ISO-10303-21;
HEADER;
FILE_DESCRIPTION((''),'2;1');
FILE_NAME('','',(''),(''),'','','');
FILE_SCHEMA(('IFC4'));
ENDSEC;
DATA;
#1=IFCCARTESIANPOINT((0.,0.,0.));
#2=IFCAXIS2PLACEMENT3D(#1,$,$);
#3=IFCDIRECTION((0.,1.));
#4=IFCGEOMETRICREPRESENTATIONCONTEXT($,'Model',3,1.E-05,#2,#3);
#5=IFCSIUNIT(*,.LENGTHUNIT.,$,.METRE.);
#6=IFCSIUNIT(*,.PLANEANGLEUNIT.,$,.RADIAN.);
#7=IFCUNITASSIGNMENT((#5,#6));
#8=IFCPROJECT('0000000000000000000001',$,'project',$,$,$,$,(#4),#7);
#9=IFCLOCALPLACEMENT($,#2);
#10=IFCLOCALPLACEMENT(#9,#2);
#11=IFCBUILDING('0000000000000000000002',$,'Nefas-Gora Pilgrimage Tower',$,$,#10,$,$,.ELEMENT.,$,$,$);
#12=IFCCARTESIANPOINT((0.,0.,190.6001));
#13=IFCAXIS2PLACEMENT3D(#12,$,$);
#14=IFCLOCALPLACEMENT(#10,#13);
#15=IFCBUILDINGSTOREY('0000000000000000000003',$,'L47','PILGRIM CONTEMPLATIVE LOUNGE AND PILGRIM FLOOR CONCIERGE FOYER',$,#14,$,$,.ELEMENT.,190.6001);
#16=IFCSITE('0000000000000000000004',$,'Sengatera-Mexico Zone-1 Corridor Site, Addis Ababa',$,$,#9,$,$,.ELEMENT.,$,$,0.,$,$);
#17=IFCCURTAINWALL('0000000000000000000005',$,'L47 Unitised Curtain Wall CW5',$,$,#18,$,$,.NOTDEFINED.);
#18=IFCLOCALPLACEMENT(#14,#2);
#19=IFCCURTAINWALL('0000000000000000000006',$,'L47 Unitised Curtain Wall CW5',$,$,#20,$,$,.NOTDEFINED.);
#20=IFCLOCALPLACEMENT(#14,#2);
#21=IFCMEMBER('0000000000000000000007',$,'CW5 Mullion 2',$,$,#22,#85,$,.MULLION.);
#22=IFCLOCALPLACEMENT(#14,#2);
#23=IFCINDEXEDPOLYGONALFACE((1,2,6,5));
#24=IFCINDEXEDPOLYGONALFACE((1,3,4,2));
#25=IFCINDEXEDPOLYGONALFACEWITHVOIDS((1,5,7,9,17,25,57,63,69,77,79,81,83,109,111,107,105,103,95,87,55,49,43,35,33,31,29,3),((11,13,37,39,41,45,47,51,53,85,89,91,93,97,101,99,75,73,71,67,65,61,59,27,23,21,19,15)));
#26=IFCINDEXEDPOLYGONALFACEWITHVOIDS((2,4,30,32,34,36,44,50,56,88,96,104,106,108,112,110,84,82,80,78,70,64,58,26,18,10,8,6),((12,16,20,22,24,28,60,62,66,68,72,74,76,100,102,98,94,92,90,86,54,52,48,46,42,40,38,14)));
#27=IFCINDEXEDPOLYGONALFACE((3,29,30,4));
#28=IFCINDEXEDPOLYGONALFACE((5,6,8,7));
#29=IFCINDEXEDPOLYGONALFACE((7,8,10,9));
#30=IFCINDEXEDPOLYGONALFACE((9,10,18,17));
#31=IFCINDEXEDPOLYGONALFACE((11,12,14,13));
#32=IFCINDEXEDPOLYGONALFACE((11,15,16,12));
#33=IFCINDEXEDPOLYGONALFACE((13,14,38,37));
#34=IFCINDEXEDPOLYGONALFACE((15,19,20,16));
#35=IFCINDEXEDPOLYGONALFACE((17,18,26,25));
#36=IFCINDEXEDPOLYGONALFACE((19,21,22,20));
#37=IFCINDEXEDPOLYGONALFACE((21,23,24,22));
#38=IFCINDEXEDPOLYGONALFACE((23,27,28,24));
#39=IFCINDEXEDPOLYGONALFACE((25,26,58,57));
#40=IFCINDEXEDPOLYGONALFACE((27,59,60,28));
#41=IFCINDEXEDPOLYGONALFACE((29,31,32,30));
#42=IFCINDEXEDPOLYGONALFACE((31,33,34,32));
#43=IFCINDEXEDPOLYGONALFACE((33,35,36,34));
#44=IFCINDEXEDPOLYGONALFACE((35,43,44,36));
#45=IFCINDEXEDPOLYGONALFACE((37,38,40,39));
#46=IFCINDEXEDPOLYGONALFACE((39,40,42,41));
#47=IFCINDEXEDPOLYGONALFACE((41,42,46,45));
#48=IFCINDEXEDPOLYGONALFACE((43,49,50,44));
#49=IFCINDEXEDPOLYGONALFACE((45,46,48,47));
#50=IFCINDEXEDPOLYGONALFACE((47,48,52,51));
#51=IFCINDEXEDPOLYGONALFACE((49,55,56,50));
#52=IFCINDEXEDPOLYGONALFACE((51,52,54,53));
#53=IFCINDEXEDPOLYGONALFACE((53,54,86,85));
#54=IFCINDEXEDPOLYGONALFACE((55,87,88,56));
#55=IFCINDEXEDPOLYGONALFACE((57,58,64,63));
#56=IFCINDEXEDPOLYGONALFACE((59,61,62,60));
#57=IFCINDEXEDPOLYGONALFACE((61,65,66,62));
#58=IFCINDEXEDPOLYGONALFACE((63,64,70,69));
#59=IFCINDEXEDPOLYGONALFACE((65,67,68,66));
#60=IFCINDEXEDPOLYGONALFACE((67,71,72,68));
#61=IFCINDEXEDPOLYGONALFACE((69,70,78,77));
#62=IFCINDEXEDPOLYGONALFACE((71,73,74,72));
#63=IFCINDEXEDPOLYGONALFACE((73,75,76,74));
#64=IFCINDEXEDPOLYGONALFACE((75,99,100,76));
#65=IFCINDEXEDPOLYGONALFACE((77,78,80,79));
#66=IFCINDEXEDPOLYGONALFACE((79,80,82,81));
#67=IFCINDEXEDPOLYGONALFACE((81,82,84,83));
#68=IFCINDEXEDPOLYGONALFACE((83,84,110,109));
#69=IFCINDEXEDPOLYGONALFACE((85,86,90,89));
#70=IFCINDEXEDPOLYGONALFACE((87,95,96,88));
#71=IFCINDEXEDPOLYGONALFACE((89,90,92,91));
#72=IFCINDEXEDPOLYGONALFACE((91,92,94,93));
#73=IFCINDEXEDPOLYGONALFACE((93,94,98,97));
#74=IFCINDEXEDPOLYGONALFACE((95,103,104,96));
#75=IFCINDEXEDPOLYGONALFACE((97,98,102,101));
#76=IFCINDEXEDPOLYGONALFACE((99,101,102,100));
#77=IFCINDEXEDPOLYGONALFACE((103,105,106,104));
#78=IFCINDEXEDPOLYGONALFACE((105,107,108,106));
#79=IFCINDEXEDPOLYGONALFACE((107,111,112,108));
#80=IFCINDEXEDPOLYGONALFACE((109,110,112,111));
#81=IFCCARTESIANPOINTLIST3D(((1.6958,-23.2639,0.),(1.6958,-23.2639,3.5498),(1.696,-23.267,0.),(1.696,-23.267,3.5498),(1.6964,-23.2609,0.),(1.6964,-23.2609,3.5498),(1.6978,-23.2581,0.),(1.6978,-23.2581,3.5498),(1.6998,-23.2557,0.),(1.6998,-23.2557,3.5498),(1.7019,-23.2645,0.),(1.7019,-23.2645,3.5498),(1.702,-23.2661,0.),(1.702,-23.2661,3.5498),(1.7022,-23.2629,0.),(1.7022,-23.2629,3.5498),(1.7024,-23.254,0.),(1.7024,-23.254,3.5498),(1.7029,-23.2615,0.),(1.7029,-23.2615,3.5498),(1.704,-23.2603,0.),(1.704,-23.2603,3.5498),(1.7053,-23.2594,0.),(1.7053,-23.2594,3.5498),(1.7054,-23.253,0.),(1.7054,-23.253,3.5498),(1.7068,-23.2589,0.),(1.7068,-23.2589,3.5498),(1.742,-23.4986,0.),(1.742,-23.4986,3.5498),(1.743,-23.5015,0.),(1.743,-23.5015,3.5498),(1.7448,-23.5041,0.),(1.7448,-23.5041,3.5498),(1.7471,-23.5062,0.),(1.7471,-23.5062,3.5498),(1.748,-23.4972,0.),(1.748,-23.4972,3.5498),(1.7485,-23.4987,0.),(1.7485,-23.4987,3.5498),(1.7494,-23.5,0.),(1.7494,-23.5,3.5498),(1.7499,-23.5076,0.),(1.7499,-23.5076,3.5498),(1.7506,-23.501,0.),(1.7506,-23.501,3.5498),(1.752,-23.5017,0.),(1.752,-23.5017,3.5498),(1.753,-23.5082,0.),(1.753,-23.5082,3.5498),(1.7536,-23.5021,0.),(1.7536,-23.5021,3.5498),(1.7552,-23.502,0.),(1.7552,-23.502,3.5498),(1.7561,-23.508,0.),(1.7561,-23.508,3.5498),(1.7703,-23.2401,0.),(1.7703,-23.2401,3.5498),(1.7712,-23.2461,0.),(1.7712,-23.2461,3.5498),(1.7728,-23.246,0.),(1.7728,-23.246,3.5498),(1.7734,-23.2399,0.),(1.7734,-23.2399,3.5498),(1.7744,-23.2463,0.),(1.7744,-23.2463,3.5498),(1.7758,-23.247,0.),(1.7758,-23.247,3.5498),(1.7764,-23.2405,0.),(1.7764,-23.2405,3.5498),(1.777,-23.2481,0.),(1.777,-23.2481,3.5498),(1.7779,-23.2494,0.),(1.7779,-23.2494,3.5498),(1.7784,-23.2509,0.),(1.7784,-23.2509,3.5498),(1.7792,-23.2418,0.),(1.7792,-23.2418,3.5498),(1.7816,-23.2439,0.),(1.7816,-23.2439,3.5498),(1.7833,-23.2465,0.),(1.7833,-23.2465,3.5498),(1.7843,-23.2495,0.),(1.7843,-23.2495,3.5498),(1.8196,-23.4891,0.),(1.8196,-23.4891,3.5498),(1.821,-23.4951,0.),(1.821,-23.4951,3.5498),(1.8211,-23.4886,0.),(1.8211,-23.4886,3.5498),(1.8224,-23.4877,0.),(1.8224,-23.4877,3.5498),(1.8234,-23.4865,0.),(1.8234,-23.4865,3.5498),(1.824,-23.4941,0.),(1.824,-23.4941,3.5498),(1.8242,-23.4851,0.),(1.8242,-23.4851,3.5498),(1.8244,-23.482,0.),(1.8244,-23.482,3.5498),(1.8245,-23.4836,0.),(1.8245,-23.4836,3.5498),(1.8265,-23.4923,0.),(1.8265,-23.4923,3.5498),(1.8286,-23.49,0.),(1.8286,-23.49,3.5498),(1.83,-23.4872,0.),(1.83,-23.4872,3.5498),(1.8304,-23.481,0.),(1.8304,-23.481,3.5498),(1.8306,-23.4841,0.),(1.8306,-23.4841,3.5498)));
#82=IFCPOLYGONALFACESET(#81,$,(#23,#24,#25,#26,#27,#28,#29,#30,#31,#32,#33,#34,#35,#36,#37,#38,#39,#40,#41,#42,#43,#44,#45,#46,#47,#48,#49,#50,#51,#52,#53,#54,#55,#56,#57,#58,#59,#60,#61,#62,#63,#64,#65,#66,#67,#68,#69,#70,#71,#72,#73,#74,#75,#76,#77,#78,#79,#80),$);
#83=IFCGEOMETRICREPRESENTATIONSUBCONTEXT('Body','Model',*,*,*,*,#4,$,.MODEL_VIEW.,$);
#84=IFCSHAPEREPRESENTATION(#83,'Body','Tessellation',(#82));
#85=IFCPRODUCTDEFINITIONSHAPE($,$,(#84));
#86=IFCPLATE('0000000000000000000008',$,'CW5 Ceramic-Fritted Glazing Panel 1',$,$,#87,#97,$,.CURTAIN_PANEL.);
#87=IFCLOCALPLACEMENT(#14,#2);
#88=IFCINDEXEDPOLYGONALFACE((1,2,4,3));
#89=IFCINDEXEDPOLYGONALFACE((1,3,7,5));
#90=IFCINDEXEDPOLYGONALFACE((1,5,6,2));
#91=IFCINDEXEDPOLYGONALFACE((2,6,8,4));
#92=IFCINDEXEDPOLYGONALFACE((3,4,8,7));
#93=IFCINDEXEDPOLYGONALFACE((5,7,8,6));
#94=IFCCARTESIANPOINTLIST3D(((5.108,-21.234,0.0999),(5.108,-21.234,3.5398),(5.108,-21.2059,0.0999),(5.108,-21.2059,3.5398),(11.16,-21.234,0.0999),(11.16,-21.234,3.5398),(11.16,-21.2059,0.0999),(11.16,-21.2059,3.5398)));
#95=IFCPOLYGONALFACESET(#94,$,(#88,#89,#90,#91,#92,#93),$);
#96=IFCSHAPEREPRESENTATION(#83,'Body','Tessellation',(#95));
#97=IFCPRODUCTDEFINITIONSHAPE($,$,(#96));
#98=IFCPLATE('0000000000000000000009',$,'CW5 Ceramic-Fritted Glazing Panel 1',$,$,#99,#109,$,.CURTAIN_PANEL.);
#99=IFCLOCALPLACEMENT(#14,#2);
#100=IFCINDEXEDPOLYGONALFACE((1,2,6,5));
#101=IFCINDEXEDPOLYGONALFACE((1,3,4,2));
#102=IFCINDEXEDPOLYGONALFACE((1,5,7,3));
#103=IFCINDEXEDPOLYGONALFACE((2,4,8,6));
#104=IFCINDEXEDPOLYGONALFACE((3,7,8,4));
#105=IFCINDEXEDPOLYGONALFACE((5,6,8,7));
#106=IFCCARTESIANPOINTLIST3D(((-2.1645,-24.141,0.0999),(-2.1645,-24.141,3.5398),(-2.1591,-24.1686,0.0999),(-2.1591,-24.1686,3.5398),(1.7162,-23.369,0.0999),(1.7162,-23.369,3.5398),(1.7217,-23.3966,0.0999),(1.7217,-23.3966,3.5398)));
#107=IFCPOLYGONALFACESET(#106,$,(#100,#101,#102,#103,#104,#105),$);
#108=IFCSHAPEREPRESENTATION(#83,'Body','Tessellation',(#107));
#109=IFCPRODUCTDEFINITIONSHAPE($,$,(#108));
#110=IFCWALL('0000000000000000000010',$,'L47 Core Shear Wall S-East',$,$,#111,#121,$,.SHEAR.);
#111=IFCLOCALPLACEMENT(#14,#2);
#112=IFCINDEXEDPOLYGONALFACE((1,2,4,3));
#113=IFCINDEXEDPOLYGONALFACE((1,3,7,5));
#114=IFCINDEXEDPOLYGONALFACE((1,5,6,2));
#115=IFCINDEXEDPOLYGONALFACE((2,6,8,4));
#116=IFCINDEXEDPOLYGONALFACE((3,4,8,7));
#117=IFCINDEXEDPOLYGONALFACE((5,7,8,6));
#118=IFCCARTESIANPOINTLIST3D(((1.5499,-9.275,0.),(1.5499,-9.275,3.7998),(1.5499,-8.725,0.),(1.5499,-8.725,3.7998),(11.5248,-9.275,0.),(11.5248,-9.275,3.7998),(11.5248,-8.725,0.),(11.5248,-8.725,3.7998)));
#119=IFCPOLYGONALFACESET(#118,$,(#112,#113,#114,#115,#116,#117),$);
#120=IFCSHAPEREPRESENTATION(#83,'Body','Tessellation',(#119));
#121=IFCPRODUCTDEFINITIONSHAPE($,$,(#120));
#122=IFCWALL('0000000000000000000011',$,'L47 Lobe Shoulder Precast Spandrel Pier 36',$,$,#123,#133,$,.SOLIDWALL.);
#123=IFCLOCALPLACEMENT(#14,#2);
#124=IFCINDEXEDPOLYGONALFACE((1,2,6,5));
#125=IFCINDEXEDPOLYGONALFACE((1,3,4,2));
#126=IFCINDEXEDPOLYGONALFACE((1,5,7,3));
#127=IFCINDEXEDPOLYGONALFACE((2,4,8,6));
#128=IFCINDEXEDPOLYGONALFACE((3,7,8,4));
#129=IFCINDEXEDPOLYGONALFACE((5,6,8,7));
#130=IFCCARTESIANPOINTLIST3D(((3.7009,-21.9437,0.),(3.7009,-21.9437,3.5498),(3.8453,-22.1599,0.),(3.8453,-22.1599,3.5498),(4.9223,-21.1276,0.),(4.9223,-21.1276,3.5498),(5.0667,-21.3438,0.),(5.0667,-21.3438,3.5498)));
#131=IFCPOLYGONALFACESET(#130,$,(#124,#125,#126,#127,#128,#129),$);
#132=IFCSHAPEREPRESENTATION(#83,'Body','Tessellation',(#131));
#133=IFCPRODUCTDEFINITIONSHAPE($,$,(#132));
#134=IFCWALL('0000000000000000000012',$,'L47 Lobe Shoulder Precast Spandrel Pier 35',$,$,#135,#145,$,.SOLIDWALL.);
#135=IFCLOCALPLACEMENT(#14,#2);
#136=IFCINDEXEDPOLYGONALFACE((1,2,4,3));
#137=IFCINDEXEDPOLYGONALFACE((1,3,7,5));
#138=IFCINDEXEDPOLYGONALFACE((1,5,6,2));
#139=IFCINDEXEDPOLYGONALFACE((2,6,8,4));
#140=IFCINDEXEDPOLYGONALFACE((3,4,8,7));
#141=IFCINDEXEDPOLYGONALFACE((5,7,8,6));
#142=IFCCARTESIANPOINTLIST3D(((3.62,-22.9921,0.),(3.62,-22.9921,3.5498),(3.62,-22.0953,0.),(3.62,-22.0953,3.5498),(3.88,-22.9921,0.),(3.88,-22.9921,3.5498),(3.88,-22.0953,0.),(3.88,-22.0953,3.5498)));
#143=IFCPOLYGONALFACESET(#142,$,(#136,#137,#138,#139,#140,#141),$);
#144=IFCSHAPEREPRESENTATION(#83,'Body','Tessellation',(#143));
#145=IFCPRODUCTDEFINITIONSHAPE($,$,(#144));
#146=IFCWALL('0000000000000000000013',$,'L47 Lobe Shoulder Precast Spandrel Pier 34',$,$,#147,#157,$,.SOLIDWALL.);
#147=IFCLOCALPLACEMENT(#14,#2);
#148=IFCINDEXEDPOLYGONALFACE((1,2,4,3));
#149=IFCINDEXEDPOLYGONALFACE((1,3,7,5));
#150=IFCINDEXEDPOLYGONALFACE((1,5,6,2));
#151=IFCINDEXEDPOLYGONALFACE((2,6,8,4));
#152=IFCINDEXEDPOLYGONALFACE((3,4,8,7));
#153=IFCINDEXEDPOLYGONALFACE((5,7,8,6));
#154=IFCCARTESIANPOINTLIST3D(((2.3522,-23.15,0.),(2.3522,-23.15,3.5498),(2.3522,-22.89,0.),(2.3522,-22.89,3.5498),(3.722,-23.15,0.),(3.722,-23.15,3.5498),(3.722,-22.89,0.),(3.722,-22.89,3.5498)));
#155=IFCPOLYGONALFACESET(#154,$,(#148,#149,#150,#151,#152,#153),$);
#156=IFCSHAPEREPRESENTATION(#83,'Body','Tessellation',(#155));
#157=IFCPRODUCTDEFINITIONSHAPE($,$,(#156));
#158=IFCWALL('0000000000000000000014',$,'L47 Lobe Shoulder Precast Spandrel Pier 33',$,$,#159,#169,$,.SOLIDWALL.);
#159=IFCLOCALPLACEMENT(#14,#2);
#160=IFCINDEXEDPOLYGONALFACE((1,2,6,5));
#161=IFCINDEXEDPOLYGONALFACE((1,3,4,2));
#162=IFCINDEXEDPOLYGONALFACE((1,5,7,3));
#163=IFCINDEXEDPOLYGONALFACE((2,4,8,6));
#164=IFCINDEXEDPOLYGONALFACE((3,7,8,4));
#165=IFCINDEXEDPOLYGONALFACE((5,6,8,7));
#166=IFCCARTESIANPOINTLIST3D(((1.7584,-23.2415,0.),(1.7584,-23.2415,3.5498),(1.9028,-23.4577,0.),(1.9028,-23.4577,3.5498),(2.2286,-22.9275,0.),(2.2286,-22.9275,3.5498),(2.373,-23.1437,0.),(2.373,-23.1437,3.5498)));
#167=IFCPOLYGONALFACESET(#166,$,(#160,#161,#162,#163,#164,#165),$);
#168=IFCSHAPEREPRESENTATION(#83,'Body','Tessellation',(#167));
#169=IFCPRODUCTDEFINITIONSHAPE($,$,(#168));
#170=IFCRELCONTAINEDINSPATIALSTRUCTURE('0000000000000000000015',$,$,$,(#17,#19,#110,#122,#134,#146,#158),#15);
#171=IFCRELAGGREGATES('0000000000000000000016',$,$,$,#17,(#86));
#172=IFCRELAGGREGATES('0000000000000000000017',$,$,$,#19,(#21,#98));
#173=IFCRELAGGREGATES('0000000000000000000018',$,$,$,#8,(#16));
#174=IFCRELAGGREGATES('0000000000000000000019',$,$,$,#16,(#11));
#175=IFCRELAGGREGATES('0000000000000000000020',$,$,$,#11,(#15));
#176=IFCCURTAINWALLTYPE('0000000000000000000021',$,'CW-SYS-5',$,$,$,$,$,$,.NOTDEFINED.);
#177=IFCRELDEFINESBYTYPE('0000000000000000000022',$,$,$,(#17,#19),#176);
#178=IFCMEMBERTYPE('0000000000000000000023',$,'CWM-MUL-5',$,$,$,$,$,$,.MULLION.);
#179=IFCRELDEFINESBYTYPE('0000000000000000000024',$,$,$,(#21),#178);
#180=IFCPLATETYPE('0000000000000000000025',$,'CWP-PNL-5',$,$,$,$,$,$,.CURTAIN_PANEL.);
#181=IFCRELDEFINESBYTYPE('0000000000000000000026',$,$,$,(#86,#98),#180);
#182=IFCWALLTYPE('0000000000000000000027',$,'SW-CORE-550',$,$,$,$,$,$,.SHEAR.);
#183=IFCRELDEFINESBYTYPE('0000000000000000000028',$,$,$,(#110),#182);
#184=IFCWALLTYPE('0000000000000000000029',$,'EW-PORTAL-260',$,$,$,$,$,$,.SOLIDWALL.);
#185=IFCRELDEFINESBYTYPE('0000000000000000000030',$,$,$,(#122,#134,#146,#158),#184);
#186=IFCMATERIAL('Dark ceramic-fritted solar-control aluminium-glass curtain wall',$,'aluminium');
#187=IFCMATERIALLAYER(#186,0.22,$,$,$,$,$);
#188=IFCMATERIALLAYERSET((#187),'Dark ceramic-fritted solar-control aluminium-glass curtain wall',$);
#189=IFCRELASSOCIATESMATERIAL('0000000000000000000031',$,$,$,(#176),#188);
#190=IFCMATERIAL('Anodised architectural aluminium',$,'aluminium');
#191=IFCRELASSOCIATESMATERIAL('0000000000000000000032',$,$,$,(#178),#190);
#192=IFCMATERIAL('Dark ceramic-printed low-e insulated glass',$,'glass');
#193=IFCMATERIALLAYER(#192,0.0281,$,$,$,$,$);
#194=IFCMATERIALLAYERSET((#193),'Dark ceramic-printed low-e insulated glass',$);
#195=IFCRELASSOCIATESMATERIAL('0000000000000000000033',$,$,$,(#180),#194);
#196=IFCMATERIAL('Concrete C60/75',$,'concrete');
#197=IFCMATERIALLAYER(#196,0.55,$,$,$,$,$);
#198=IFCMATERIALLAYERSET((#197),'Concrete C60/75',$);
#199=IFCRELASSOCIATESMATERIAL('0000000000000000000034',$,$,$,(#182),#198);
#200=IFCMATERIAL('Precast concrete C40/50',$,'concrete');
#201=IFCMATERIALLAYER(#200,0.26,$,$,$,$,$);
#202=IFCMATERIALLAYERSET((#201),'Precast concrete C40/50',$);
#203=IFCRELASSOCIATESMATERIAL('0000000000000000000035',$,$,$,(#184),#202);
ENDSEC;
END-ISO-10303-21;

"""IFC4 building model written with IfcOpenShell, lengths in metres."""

from ifc_helpers import new_model, si_unit, direction, frame, frame_2d, origin, origin_2d, place, context, subcontext, project, spatial, rectangle, hollow_rectangle, extrude, source, transform, mapped, material, layer, layer_set, material_profile, profile_set, type_object, element, aggregate, save


model = new_model("IFC4")

# Units and contexts
model_context = context("Model", 3, precision=1e-05, world=origin(), true_north=direction((0.0, 1.0)))
body_context = subcontext(model_context, "Body", "Model", "MODEL_VIEW")
ifc_project = project(units=[si_unit("LENGTHUNIT", "METRE"), si_unit("PLANEANGLEUNIT", "RADIAN")], contexts=[model_context])

# Site, building, storey
site_placement = place(None, origin())
site = spatial("IfcSite", under=ifc_project, at=site_placement, Name="Sengatera-Mexico Zone-1 Corridor Site, Addis Ababa", CompositionType="ELEMENT", RefElevation=0.0)
building_placement = place(site_placement, origin())
building = spatial("IfcBuilding", under=site, at=building_placement, Name="Nefas-Gora Pilgrimage Tower", CompositionType="ELEMENT")
storey_placement = place(building_placement, frame((0.0, 0.0, 190.6001)))
storey = spatial("IfcBuildingStorey", under=building, at=storey_placement, Name="L47", Description="PILGRIM CONTEMPLATIVE LOUNGE AND PILGRIM FLOOR CONCIERGE FOYER", CompositionType="ELEMENT", Elevation=190.6001)

# Shared definitions
ifc_material_1 = material(Name="Concrete C60/75", Category="concrete")

# Curtain walls
ifc_material_2 = material(Name="Dark ceramic-fritted solar-control aluminium-glass curtain wall", Category="aluminium")
ifc_layer_1 = layer(ifc_material_2, 0.22)
ifc_layer_set_1 = layer_set([ifc_layer_1], Name="Dark ceramic-fritted solar-control aluminium-glass curtain wall")
curtain_wall_type = type_object("IfcCurtainWallType", Name="CW-SYS-5", PredefinedType="NOTDEFINED", material=ifc_layer_set_1)
curtain_wall_1_placement = place(storey_placement, origin())
curtain_wall_1 = element("IfcCurtainWall", 1, at=curtain_wall_1_placement, inside=storey, type_object=curtain_wall_type, Name="L47 Unitised Curtain Wall CW5", PredefinedType="NOTDEFINED")
ifc_material_3 = material(Name="Anodised architectural aluminium", Category="aluminium")
curtain_wall_2_placement = place(storey_placement, origin())
curtain_wall_2 = element("IfcCurtainWall", 2, at=curtain_wall_2_placement, inside=storey, type_object=curtain_wall_type, Name="L47 Unitised Curtain Wall CW5", PredefinedType="NOTDEFINED")

# Member
ifc_material_profile_1 = material_profile(ifc_material_3, hollow_rectangle(XDim=0.0901, YDim=0.26, WallThickness=0.0061, InnerFilletRadius=0.0061, OuterFilletRadius=0.012, at=origin_2d()), Name="ALU MULLION 90x260")
ifc_profile_set_1 = profile_set([ifc_material_profile_1], Name="Anodised architectural aluminium")
member_type_1 = type_object("IfcMemberType", Name="CWM-MUL-5", PredefinedType="MULLION", material=ifc_profile_set_1)
shared_shape_1 = source(origin(), body_context, "Body", "SweptSolid", [
    extrude(hollow_rectangle(XDim=0.0901, YDim=0.26, WallThickness=0.0061, InnerFilletRadius=0.0061, OuterFilletRadius=0.012, at=origin_2d()), origin(), (0.0, 0.0, 1.0), 3.5498),
])
member_1_placement = place(storey_placement, frame((1.7632, -23.374, 0.0), z_axis=(0.0, 0.0, 1.0), x_axis=(0.980783, 0.195102, 0.0)))
member_1 = element("IfcMember", 3, at=member_1_placement, type_object=member_type_1, Name="CW5 Mullion 2", PredefinedType="MULLION", context=body_context, shape_type="MappedRepresentation", body=[
    mapped(shared_shape_1, transform((0.0, 0.0, 0.0), x_axis=(1.0, 0.0, 0.0), y_axis=(0.0, 1.0, 0.0), z_axis=(0.0, 0.0, 1.0), scale=1.0)),
])

# Plates
ifc_material_4 = material(Name="Dark ceramic-printed low-e insulated glass", Category="glass")
ifc_layer_2 = layer(ifc_material_4, 0.0281)
ifc_layer_set_2 = layer_set([ifc_layer_2], Name="Dark ceramic-printed low-e insulated glass")
plate_type = type_object("IfcPlateType", Name="CWP-PNL-5", PredefinedType="CURTAIN_PANEL", material=ifc_layer_set_2)
shared_shape_2 = source(origin(), body_context, "Body", "SweptSolid", [
    extrude(rectangle(XDim=6.052, YDim=0.0281, at=origin_2d()), origin(), (0.0, 0.0, 1.0), 3.4399),
])
plate_1_placement = place(storey_placement, frame((8.134, -21.22, 0.0999), z_axis=(0.0, 0.0, 1.0), x_axis=(1.0, 0.0, 0.0)))
plate_1 = element("IfcPlate", 4, at=plate_1_placement, type_object=plate_type, Name="CW5 Ceramic-Fritted Glazing Panel 1", PredefinedType="CURTAIN_PANEL", context=body_context, shape_type="MappedRepresentation", body=[
    mapped(shared_shape_2, transform((0.0, 0.0, 0.0), x_axis=(1.0, 0.0, 0.0), y_axis=(0.0, 1.0, 0.0), z_axis=(0.0, 0.0, 1.0), scale=1.0)),
])
aggregate(curtain_wall_1, [plate_1])
shared_shape_3 = source(origin(), body_context, "Body", "SweptSolid", [
    extrude(rectangle(XDim=3.9568, YDim=0.0281, at=origin_2d()), origin(), (0.0, 0.0, 1.0), 3.4399),
])
plate_2_placement = place(storey_placement, frame((-0.2214, -23.7688, 0.0999), z_axis=(0.0, 0.0, 1.0), x_axis=(0.980783, 0.195102, 0.0)))
plate_2 = element("IfcPlate", 5, at=plate_2_placement, type_object=plate_type, Name="CW5 Ceramic-Fritted Glazing Panel 1", PredefinedType="CURTAIN_PANEL", context=body_context, shape_type="MappedRepresentation", body=[
    mapped(shared_shape_3, transform((0.0, 0.0, 0.0), x_axis=(1.0, 0.0, 0.0), y_axis=(0.0, 1.0, 0.0), z_axis=(0.0, 0.0, 1.0), scale=1.0)),
])
aggregate(curtain_wall_2, [member_1, plate_2])

# Walls
ifc_layer_3 = layer(ifc_material_1, 0.55)
ifc_layer_set_3 = layer_set([ifc_layer_3], Name="Concrete C60/75")
wall_type_1 = type_object("IfcWallType", Name="SW-CORE-550", PredefinedType="SHEAR", material=ifc_layer_set_3)
shared_shape_4 = source(origin(), body_context, "Body", "SweptSolid", [
    extrude(rectangle(XDim=9.9749, YDim=0.55, at=frame_2d((4.9873, 0.0))), origin(), (0.0, 0.0, 1.0), 3.7998),
])
wall_1_placement = place(storey_placement, frame((1.55, -9.0, 0.0), z_axis=(0.0, 0.0, 1.0), x_axis=(1.0, 0.0, 0.0)))
element("IfcWall", 6, at=wall_1_placement, inside=storey, type_object=wall_type_1, Name="L47 Core Shear Wall S-East", PredefinedType="SHEAR", context=body_context, shape_type="MappedRepresentation", body=[
    mapped(shared_shape_4, transform((0.0, 0.0, 0.0), x_axis=(1.0, 0.0, 0.0), y_axis=(0.0, 1.0, 0.0), z_axis=(0.0, 0.0, 1.0), scale=1.0)),
])
ifc_material_5 = material(Name="Precast concrete C40/50", Category="concrete")
ifc_layer_4 = layer(ifc_material_5, 0.26)
ifc_layer_set_4 = layer_set([ifc_layer_4], Name="Precast concrete C40/50")
wall_type_2 = type_object("IfcWallType", Name="EW-PORTAL-260", PredefinedType="SOLIDWALL", material=ifc_layer_set_4)
shared_shape_5 = source(origin(), body_context, "Body", "SweptSolid", [
    extrude(rectangle(XDim=1.469, YDim=0.26, at=frame_2d((0.7344, 0.0))), origin(), (0.0, 0.0, 1.0), 3.5498),
])
wall_2_placement = place(storey_placement, frame((3.7732, -22.0518, 0.0), z_axis=(0.0, 0.0, 1.0), x_axis=(0.831462, 0.555582, 0.0)))
element("IfcWall", 7, at=wall_2_placement, inside=storey, type_object=wall_type_2, Name="L47 Lobe Shoulder Precast Spandrel Pier 36", PredefinedType="SOLIDWALL", context=body_context, shape_type="MappedRepresentation", body=[
    mapped(shared_shape_5, transform((0.0, 0.0, 0.0), x_axis=(1.0, 0.0, 0.0), y_axis=(0.0, 1.0, 0.0), z_axis=(0.0, 0.0, 1.0), scale=1.0)),
])
shared_shape_6 = source(origin(), body_context, "Body", "SweptSolid", [
    extrude(rectangle(XDim=0.8967, YDim=0.26, at=frame_2d((0.4482, 0.0))), origin(), (0.0, 0.0, 1.0), 3.5498),
])
wall_3_placement = place(storey_placement, frame((3.75, -22.9919, 0.0), z_axis=(0.0, 0.0, 1.0), x_axis=(0.0, 1.0, 0.0)))
element("IfcWall", 8, at=wall_3_placement, inside=storey, type_object=wall_type_2, Name="L47 Lobe Shoulder Precast Spandrel Pier 35", PredefinedType="SOLIDWALL", context=body_context, shape_type="MappedRepresentation", body=[
    mapped(shared_shape_6, transform((0.0, 0.0, 0.0), x_axis=(1.0, 0.0, 0.0), y_axis=(0.0, 1.0, 0.0), z_axis=(0.0, 0.0, 1.0), scale=1.0)),
])
shared_shape_7 = source(origin(), body_context, "Body", "SweptSolid", [
    extrude(rectangle(XDim=1.3699, YDim=0.26, at=frame_2d((0.6851, 0.0))), origin(), (0.0, 0.0, 1.0), 3.5498),
])
wall_4_placement = place(storey_placement, frame((2.3521, -23.02, 0.0), z_axis=(0.0, 0.0, 1.0), x_axis=(1.0, 0.0, 0.0)))
element("IfcWall", 9, at=wall_4_placement, inside=storey, type_object=wall_type_2, Name="L47 Lobe Shoulder Precast Spandrel Pier 34", PredefinedType="SOLIDWALL", context=body_context, shape_type="MappedRepresentation", body=[
    mapped(shared_shape_7, transform((0.0, 0.0, 0.0), x_axis=(1.0, 0.0, 0.0), y_axis=(0.0, 1.0, 0.0), z_axis=(0.0, 0.0, 1.0), scale=1.0)),
])
shared_shape_8 = source(origin(), body_context, "Body", "SweptSolid", [
    extrude(rectangle(XDim=0.5654, YDim=0.26, at=frame_2d((0.2827, 0.0))), origin(), (0.0, 0.0, 1.0), 3.5498),
])
wall_5_placement = place(storey_placement, frame((1.8306, -23.3496, 0.0), z_axis=(0.0, 0.0, 1.0), x_axis=(0.831651, 0.555298, 0.0)))
element("IfcWall", 10, at=wall_5_placement, inside=storey, type_object=wall_type_2, Name="L47 Lobe Shoulder Precast Spandrel Pier 33", PredefinedType="SOLIDWALL", context=body_context, shape_type="MappedRepresentation", body=[
    mapped(shared_shape_8, transform((0.0, 0.0, 0.0), x_axis=(1.0, 0.0, 0.0), y_axis=(0.0, 1.0, 0.0), z_axis=(0.0, 0.0, 1.0), scale=1.0)),
])

save(model, "model.ifc")
